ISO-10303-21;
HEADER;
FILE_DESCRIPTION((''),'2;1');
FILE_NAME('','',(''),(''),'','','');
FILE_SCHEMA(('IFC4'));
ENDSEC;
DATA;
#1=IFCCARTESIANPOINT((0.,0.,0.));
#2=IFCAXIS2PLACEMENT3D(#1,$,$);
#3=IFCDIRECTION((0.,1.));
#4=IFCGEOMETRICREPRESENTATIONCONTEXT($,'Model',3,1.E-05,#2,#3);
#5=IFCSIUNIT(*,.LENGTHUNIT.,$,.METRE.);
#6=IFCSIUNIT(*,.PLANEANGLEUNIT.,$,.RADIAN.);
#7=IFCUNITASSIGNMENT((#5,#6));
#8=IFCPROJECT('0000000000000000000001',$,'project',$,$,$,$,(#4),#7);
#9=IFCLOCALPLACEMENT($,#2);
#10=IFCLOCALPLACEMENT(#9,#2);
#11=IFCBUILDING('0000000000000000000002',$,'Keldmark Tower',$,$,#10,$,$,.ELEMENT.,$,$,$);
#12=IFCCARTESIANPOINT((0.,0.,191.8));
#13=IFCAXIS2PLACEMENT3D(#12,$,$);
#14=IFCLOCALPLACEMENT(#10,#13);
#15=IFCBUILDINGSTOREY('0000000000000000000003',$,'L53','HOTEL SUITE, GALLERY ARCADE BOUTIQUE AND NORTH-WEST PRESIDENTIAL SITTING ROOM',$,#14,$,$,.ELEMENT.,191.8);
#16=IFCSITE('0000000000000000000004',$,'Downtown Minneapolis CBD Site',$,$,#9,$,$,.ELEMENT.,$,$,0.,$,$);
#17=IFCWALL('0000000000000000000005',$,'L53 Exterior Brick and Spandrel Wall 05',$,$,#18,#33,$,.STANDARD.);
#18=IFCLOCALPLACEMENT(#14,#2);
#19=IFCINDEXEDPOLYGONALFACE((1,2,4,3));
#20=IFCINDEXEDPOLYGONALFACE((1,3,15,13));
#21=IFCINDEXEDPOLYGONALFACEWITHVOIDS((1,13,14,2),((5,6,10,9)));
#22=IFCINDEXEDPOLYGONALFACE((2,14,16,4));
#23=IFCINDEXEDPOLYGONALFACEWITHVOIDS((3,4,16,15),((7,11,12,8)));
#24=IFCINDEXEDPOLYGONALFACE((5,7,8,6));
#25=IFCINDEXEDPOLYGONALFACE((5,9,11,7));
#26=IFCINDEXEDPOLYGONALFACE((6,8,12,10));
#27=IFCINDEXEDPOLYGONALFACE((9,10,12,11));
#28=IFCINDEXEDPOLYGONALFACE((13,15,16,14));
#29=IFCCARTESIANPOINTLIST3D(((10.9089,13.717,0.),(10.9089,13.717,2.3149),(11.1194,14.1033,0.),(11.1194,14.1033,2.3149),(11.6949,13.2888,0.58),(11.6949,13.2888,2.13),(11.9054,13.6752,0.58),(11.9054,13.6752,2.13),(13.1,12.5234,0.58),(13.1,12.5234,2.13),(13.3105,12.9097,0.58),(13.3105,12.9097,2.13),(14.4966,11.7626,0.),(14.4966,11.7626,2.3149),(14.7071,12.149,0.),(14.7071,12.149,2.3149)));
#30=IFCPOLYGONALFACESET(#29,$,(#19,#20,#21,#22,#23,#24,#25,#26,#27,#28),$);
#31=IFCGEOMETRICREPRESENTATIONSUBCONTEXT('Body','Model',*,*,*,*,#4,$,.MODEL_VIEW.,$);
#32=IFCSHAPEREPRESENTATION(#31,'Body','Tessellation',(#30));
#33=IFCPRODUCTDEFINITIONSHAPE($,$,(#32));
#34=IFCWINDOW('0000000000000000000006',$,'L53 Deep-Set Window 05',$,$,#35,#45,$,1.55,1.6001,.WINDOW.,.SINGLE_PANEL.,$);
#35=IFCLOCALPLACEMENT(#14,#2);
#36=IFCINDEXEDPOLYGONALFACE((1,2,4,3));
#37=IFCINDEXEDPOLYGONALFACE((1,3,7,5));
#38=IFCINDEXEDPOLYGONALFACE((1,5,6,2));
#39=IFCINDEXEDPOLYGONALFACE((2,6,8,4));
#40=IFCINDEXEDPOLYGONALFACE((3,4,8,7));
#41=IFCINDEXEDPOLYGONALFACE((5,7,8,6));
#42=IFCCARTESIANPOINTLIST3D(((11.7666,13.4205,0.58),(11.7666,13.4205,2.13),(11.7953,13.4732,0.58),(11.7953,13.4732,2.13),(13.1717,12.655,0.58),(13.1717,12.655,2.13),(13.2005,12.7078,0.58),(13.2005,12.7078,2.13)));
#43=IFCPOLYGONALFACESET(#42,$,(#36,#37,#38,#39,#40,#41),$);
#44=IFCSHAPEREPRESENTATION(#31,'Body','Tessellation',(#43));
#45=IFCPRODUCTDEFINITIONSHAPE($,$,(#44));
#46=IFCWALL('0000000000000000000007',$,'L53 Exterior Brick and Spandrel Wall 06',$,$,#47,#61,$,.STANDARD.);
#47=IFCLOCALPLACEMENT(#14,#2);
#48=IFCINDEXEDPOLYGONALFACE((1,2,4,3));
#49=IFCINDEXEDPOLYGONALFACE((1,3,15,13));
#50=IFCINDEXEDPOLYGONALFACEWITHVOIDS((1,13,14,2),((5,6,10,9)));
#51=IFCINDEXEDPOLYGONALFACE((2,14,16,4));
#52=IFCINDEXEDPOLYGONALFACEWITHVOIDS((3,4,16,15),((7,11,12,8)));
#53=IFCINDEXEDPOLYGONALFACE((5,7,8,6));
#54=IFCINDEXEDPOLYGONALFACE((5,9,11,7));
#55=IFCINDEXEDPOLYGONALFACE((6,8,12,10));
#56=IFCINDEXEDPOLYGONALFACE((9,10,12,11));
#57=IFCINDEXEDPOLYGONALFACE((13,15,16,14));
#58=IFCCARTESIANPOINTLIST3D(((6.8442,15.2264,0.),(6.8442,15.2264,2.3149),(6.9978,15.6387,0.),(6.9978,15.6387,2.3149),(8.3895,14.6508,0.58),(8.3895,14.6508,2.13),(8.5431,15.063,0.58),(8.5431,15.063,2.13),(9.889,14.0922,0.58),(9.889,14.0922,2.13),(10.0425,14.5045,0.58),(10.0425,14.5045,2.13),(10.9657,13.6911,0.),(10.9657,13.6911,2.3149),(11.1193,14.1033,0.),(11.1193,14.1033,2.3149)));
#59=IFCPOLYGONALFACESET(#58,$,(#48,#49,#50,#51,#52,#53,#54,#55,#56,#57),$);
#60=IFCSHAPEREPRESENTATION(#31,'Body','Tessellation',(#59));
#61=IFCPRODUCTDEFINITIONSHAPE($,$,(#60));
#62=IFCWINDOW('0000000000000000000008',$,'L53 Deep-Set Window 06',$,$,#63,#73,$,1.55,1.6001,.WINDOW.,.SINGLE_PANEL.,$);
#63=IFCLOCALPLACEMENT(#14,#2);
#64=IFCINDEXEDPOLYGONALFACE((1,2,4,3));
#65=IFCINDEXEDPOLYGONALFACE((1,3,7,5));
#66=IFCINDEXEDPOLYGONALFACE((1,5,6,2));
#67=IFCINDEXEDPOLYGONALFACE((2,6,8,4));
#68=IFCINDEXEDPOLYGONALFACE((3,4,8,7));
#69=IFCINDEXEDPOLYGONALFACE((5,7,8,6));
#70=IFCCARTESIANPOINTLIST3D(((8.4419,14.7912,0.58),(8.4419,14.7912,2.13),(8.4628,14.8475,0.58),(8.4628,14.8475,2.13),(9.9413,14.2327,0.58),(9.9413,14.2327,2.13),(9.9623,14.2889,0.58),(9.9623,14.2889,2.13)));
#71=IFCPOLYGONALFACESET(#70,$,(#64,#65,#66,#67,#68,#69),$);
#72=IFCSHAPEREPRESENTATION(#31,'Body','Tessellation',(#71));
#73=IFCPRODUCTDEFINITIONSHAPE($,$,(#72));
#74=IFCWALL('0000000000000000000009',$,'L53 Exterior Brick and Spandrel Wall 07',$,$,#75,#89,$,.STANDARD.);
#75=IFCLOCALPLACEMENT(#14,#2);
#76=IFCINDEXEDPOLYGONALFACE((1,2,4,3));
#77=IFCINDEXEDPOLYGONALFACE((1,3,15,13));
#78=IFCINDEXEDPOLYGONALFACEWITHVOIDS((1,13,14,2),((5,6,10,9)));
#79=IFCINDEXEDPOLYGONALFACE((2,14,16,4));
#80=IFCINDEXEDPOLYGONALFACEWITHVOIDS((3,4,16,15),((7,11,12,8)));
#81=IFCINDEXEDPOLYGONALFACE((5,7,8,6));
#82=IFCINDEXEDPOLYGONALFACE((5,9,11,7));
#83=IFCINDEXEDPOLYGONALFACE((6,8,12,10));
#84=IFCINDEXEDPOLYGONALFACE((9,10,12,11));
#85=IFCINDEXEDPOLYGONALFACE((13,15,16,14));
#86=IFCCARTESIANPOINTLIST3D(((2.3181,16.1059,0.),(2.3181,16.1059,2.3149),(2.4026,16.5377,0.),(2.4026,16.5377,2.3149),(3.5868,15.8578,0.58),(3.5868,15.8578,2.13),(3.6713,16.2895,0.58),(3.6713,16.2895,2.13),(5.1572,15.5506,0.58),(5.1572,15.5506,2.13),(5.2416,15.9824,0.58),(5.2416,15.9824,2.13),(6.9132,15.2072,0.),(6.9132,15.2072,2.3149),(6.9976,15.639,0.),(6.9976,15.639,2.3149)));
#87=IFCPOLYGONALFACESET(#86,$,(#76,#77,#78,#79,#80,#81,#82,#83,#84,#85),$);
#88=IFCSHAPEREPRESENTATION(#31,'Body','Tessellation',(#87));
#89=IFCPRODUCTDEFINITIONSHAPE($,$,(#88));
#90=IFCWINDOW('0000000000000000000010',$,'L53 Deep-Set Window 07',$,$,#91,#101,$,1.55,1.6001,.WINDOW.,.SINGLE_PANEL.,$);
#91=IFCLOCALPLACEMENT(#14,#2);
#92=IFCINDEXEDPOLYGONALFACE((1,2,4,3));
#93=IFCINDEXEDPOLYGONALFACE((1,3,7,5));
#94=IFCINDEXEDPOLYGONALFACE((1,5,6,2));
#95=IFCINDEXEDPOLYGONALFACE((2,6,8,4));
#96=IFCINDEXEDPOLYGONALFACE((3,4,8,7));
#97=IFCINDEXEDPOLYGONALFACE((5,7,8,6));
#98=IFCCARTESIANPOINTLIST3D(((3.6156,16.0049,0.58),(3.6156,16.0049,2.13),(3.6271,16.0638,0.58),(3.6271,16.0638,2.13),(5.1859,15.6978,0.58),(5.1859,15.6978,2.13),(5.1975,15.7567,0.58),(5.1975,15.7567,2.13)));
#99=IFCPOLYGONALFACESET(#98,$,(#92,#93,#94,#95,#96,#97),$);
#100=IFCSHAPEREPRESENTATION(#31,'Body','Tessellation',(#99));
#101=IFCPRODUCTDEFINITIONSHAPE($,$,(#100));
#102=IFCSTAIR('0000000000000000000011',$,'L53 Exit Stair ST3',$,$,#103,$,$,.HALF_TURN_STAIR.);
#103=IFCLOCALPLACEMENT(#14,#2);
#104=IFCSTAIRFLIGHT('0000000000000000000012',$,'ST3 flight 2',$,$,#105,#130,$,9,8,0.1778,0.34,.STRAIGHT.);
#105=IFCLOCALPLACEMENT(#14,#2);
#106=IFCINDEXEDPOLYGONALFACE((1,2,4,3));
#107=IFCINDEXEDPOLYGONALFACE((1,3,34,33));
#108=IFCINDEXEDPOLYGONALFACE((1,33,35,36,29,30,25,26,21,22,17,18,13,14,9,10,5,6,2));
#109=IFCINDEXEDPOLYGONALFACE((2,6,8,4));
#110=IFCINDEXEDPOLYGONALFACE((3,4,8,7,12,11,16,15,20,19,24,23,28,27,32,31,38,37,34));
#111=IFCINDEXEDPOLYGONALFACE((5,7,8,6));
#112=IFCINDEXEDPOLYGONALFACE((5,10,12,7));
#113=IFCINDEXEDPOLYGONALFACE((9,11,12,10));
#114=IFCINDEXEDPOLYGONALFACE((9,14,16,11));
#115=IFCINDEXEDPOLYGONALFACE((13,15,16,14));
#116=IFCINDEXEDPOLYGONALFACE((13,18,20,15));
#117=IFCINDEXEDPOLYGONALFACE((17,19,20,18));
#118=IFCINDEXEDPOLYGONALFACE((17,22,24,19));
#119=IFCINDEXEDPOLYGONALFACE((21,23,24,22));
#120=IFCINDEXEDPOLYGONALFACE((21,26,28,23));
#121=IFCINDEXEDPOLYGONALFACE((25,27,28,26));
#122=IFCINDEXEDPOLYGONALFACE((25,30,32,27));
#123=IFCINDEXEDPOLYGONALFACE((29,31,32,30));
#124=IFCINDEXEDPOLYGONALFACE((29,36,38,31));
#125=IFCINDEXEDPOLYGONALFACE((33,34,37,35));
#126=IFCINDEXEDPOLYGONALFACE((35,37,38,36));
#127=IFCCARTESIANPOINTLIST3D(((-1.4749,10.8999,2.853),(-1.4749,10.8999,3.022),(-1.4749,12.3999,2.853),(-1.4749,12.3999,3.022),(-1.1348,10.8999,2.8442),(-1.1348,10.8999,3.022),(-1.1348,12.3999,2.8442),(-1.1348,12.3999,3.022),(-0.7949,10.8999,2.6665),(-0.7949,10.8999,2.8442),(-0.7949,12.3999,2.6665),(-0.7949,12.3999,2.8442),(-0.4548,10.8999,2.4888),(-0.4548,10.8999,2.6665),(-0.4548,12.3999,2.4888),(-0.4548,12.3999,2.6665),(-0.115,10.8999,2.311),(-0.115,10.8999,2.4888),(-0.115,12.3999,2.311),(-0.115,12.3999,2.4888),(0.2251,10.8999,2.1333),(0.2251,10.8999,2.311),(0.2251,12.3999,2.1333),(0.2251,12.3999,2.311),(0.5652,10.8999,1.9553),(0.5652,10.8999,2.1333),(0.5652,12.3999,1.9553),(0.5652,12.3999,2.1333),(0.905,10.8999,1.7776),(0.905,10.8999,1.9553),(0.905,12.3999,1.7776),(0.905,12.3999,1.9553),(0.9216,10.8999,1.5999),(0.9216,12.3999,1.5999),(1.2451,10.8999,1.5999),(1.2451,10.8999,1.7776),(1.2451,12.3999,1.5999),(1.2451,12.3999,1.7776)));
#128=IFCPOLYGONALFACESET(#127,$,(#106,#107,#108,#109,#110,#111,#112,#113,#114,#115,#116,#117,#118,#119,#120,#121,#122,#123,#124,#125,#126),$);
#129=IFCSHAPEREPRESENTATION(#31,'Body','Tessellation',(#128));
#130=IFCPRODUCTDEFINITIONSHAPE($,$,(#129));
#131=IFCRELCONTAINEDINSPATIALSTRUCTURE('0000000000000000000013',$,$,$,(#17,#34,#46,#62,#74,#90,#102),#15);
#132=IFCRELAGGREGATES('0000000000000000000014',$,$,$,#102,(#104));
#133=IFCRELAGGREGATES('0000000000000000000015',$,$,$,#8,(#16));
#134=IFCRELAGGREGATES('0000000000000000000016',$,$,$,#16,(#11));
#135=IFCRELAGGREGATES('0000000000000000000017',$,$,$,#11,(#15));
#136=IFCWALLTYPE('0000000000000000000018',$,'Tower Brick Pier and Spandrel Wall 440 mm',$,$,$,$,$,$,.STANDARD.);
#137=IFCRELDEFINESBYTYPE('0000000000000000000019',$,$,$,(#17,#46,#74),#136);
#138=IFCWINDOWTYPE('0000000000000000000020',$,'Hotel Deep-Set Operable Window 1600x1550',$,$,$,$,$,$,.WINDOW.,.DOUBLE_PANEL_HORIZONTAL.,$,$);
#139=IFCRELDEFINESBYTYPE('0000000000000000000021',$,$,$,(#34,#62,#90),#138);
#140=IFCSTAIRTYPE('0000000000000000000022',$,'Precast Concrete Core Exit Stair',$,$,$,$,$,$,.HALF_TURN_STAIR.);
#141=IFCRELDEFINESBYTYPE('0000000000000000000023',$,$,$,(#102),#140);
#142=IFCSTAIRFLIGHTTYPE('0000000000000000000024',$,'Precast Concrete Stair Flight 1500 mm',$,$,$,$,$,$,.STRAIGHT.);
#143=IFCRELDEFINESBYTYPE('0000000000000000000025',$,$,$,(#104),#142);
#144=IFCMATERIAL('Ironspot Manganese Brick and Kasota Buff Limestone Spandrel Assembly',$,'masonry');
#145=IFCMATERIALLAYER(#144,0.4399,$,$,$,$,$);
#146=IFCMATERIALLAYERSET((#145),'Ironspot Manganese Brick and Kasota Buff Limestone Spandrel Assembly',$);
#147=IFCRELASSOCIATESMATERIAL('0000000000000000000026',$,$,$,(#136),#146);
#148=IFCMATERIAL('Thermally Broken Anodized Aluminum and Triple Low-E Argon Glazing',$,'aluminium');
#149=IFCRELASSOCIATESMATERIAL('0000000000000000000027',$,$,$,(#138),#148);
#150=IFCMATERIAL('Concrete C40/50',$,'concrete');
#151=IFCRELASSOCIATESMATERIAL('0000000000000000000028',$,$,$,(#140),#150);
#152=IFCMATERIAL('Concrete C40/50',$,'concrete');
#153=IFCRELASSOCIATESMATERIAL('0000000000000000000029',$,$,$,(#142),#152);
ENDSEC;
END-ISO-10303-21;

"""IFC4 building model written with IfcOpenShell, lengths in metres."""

from ifc_helpers import new_model, si_unit, direction, frame, frame_2d, origin, place, context, subcontext, project, spatial, polyline, rectangle, outline, extrude, material, layer, layer_set, type_object, element, fill, aggregate, save


model = new_model("IFC4")

# Units and contexts
model_context = context("Model", 3, precision=1e-05, world=origin(), true_north=direction((0.0, 1.0)))
body_context = subcontext(model_context, "Body", "Model", "MODEL_VIEW")
ifc_project = project(units=[si_unit("LENGTHUNIT", "METRE"), si_unit("PLANEANGLEUNIT", "RADIAN")], contexts=[model_context])

# Site, building, storey
site_placement = place(None, origin())
site = spatial("IfcSite", under=ifc_project, at=site_placement, Name="Downtown Minneapolis CBD Site", CompositionType="ELEMENT", RefElevation=0.0)
building_placement = place(site_placement, origin())
building = spatial("IfcBuilding", under=site, at=building_placement, Name="Keldmark Tower", CompositionType="ELEMENT")
storey_placement = place(building_placement, frame((0.0, 0.0, 191.8)))
storey = spatial("IfcBuildingStorey", under=building, at=storey_placement, Name="L53", Description="HOTEL SUITE, GALLERY ARCADE BOUTIQUE AND NORTH-WEST PRESIDENTIAL SITTING ROOM", CompositionType="ELEMENT", Elevation=191.8)

# Walls, openings, windows
ifc_material_1 = material(Name="Ironspot Manganese Brick and Kasota Buff Limestone Spandrel Assembly", Category="masonry")
ifc_layer_1 = layer(ifc_material_1, 0.4399)
ifc_layer_set_1 = layer_set([ifc_layer_1], Name="Ironspot Manganese Brick and Kasota Buff Limestone Spandrel Assembly")
wall_type = type_object("IfcWallType", Name="Tower Brick Pier and Spandrel Wall 440 mm", PredefinedType="STANDARD", material=ifc_layer_set_1)
wall_1_placement = place(storey_placement, frame((11.0142, 13.9102, 0.0), z_axis=(0.0, 0.0, 1.0), x_axis=(0.878158, -0.478371, 0.0)))
wall_1 = element("IfcWall", 1, at=wall_1_placement, inside=storey, type_object=wall_type, Name="L53 Exterior Brick and Spandrel Wall 05", PredefinedType="STANDARD", context=body_context, shape_type="SweptSolid", body=[
    extrude(rectangle(XDim=4.0854, YDim=0.4399, at=frame_2d((2.0427, 0.0))), origin(), (0.0, 0.0, 1.0), 2.3149),
])
opening_1_placement = place(wall_1_placement, frame((0.895, 0.0, 0.5801)))
opening_1 = element("IfcOpeningElement", 2, at=opening_1_placement, cuts=wall_1, PredefinedType="OPENING", context=body_context, shape_type="SweptSolid", body=[
    extrude(rectangle(XDim=1.6001, YDim=1.55, at=frame_2d((0.8, 0.7749))), frame((0.0, 0.23, 0.0), z_axis=(0.0, -1.0, 0.0), x_axis=(1.0, 0.0, 0.0)), (0.0, 0.0, 1.0), 0.46),
])
ifc_material_2 = material(Name="Thermally Broken Anodized Aluminum and Triple Low-E Argon Glazing", Category="aluminium")
window_type = type_object("IfcWindowType", Name="Hotel Deep-Set Operable Window 1600x1550", PartitioningType="DOUBLE_PANEL_HORIZONTAL", PredefinedType="WINDOW", material=ifc_material_2)
window_1_placement = place(opening_1_placement, origin())
window_1 = element("IfcWindow", 3, at=window_1_placement, inside=storey, type_object=window_type, Name="L53 Deep-Set Window 05", OverallHeight=1.55, OverallWidth=1.6001, PartitioningType="SINGLE_PANEL", PredefinedType="WINDOW", context=body_context, shape_type="SweptSolid", body=[
    extrude(rectangle(XDim=1.6001, YDim=1.55, at=frame_2d((0.8, 0.7749))), frame((0.0, -0.01, 0.0), z_axis=(0.0, -1.0, 0.0), x_axis=(1.0, 0.0, 0.0)), (0.0, 0.0, 1.0), 0.0601),
])
fill(opening_1, window_1)
wall_2_placement = place(storey_placement, frame((6.9209, 15.4326, 0.0), z_axis=(0.0, 0.0, 1.0), x_axis=(0.937089, -0.349091, 0.0)))
wall_2 = element("IfcWall", 4, at=wall_2_placement, inside=storey, type_object=wall_type, Name="L53 Exterior Brick and Spandrel Wall 06", PredefinedType="STANDARD", context=body_context, shape_type="SweptSolid", body=[
    extrude(rectangle(XDim=4.3982, YDim=0.4399, at=frame_2d((2.1992, 0.0))), origin(), (0.0, 0.0, 1.0), 2.3149),
])
opening_2_placement = place(wall_2_placement, frame((1.6492, 0.0, 0.5801)))
opening_2 = element("IfcOpeningElement", 5, at=opening_2_placement, cuts=wall_2, PredefinedType="OPENING", context=body_context, shape_type="SweptSolid", body=[
    extrude(rectangle(XDim=1.6001, YDim=1.55, at=frame_2d((0.8, 0.7749))), frame((0.0, 0.23, 0.0), z_axis=(0.0, -1.0, 0.0), x_axis=(1.0, 0.0, 0.0)), (0.0, 0.0, 1.0), 0.46),
])
window_2_placement = place(opening_2_placement, origin())
window_2 = element("IfcWindow", 6, at=window_2_placement, inside=storey, type_object=window_type, Name="L53 Deep-Set Window 06", OverallHeight=1.55, OverallWidth=1.6001, PartitioningType="SINGLE_PANEL", PredefinedType="WINDOW", context=body_context, shape_type="SweptSolid", body=[
    extrude(rectangle(XDim=1.6001, YDim=1.55, at=frame_2d((0.8, 0.7749))), frame((0.0, -0.01, 0.0), z_axis=(0.0, -1.0, 0.0), x_axis=(1.0, 0.0, 0.0)), (0.0, 0.0, 1.0), 0.0601),
])
fill(opening_2, window_2)
wall_3_placement = place(storey_placement, frame((2.3604, 16.3218, 0.0), z_axis=(0.0, 0.0, 1.0), x_axis=(0.981406, -0.191943, 0.0)))
wall_3 = element("IfcWall", 7, at=wall_3_placement, inside=storey, type_object=wall_type, Name="L53 Exterior Brick and Spandrel Wall 07", PredefinedType="STANDARD", context=body_context, shape_type="SweptSolid", body=[
    extrude(rectangle(XDim=4.6821, YDim=0.4399, at=frame_2d((2.3411, 0.0))), origin(), (0.0, 0.0, 1.0), 2.3149),
])
opening_3_placement = place(wall_3_placement, frame((1.2927, 0.0, 0.5801)))
opening_3 = element("IfcOpeningElement", 8, at=opening_3_placement, cuts=wall_3, PredefinedType="OPENING", context=body_context, shape_type="SweptSolid", body=[
    extrude(rectangle(XDim=1.6001, YDim=1.55, at=frame_2d((0.8, 0.7749))), frame((0.0, 0.23, 0.0), z_axis=(0.0, -1.0, 0.0), x_axis=(1.0, 0.0, 0.0)), (0.0, 0.0, 1.0), 0.46),
])
window_3_placement = place(opening_3_placement, origin())
window_3 = element("IfcWindow", 9, at=window_3_placement, inside=storey, type_object=window_type, Name="L53 Deep-Set Window 07", OverallHeight=1.55, OverallWidth=1.6001, PartitioningType="SINGLE_PANEL", PredefinedType="WINDOW", context=body_context, shape_type="SweptSolid", body=[
    extrude(rectangle(XDim=1.6001, YDim=1.55, at=frame_2d((0.8, 0.7749))), frame((0.0, -0.01, 0.0), z_axis=(0.0, -1.0, 0.0), x_axis=(1.0, 0.0, 0.0)), (0.0, 0.0, 1.0), 0.0601),
])
fill(opening_3, window_3)

# Stair, stair flight
ifc_material_3 = material(Name="Concrete C40/50", Category="concrete")
stair_type = type_object("IfcStairType", Name="Precast Concrete Core Exit Stair", PredefinedType="HALF_TURN_STAIR", material=ifc_material_3)
stair_placement = place(storey_placement, origin())
stair = element("IfcStair", 10, at=stair_placement, inside=storey, type_object=stair_type, Name="L53 Exit Stair ST3", PredefinedType="HALF_TURN_STAIR")
ifc_material_4 = material(Name="Concrete C40/50", Category="concrete")
stair_flight_type = type_object("IfcStairFlightType", Name="Precast Concrete Stair Flight 1500 mm", PredefinedType="STRAIGHT", material=ifc_material_4)
stair_flight_placement = place(storey_placement, frame((1.2451, 11.6499, 1.5999), z_axis=(0.0, 0.0, 1.0), x_axis=(-1.0, 0.0, 0.0)))
stair_flight = element("IfcStairFlight", 11, at=stair_flight_placement, type_object=stair_flight_type, Name="ST3 flight 2", NumberOfRisers=9, NumberOfTreads=8, PredefinedType="STRAIGHT", RiserHeight=0.1778, TreadLength=0.34, context=body_context, shape_type="SweptSolid", body=[
    extrude(outline(polyline([(0.0, 0.0), (0.0, 0.1777), (0.3401, 0.1777), (0.3401, 0.3555), (0.6799, 0.3555), (0.6799, 0.5334), (1.02, 0.5334), (1.02, 0.7112), (1.3601, 0.7112), (1.3601, 0.8889), (1.7, 0.8889), (1.7, 1.0667), (2.04, 1.0667), (2.04, 1.2444), (2.3799, 1.2444), (2.3799, 1.4221), (2.72, 1.4221), (2.72, 1.6001), (2.72, 1.2532), (0.3235, 0.0), (0.0, 0.0)])), frame((0.0, 0.75, 0.0), z_axis=(0.0, -1.0, 0.0), x_axis=(1.0, 0.0, 0.0)), (0.0, 0.0, 1.0), 1.5),
])
aggregate(stair, [stair_flight])

save(model, "model.ifc")
